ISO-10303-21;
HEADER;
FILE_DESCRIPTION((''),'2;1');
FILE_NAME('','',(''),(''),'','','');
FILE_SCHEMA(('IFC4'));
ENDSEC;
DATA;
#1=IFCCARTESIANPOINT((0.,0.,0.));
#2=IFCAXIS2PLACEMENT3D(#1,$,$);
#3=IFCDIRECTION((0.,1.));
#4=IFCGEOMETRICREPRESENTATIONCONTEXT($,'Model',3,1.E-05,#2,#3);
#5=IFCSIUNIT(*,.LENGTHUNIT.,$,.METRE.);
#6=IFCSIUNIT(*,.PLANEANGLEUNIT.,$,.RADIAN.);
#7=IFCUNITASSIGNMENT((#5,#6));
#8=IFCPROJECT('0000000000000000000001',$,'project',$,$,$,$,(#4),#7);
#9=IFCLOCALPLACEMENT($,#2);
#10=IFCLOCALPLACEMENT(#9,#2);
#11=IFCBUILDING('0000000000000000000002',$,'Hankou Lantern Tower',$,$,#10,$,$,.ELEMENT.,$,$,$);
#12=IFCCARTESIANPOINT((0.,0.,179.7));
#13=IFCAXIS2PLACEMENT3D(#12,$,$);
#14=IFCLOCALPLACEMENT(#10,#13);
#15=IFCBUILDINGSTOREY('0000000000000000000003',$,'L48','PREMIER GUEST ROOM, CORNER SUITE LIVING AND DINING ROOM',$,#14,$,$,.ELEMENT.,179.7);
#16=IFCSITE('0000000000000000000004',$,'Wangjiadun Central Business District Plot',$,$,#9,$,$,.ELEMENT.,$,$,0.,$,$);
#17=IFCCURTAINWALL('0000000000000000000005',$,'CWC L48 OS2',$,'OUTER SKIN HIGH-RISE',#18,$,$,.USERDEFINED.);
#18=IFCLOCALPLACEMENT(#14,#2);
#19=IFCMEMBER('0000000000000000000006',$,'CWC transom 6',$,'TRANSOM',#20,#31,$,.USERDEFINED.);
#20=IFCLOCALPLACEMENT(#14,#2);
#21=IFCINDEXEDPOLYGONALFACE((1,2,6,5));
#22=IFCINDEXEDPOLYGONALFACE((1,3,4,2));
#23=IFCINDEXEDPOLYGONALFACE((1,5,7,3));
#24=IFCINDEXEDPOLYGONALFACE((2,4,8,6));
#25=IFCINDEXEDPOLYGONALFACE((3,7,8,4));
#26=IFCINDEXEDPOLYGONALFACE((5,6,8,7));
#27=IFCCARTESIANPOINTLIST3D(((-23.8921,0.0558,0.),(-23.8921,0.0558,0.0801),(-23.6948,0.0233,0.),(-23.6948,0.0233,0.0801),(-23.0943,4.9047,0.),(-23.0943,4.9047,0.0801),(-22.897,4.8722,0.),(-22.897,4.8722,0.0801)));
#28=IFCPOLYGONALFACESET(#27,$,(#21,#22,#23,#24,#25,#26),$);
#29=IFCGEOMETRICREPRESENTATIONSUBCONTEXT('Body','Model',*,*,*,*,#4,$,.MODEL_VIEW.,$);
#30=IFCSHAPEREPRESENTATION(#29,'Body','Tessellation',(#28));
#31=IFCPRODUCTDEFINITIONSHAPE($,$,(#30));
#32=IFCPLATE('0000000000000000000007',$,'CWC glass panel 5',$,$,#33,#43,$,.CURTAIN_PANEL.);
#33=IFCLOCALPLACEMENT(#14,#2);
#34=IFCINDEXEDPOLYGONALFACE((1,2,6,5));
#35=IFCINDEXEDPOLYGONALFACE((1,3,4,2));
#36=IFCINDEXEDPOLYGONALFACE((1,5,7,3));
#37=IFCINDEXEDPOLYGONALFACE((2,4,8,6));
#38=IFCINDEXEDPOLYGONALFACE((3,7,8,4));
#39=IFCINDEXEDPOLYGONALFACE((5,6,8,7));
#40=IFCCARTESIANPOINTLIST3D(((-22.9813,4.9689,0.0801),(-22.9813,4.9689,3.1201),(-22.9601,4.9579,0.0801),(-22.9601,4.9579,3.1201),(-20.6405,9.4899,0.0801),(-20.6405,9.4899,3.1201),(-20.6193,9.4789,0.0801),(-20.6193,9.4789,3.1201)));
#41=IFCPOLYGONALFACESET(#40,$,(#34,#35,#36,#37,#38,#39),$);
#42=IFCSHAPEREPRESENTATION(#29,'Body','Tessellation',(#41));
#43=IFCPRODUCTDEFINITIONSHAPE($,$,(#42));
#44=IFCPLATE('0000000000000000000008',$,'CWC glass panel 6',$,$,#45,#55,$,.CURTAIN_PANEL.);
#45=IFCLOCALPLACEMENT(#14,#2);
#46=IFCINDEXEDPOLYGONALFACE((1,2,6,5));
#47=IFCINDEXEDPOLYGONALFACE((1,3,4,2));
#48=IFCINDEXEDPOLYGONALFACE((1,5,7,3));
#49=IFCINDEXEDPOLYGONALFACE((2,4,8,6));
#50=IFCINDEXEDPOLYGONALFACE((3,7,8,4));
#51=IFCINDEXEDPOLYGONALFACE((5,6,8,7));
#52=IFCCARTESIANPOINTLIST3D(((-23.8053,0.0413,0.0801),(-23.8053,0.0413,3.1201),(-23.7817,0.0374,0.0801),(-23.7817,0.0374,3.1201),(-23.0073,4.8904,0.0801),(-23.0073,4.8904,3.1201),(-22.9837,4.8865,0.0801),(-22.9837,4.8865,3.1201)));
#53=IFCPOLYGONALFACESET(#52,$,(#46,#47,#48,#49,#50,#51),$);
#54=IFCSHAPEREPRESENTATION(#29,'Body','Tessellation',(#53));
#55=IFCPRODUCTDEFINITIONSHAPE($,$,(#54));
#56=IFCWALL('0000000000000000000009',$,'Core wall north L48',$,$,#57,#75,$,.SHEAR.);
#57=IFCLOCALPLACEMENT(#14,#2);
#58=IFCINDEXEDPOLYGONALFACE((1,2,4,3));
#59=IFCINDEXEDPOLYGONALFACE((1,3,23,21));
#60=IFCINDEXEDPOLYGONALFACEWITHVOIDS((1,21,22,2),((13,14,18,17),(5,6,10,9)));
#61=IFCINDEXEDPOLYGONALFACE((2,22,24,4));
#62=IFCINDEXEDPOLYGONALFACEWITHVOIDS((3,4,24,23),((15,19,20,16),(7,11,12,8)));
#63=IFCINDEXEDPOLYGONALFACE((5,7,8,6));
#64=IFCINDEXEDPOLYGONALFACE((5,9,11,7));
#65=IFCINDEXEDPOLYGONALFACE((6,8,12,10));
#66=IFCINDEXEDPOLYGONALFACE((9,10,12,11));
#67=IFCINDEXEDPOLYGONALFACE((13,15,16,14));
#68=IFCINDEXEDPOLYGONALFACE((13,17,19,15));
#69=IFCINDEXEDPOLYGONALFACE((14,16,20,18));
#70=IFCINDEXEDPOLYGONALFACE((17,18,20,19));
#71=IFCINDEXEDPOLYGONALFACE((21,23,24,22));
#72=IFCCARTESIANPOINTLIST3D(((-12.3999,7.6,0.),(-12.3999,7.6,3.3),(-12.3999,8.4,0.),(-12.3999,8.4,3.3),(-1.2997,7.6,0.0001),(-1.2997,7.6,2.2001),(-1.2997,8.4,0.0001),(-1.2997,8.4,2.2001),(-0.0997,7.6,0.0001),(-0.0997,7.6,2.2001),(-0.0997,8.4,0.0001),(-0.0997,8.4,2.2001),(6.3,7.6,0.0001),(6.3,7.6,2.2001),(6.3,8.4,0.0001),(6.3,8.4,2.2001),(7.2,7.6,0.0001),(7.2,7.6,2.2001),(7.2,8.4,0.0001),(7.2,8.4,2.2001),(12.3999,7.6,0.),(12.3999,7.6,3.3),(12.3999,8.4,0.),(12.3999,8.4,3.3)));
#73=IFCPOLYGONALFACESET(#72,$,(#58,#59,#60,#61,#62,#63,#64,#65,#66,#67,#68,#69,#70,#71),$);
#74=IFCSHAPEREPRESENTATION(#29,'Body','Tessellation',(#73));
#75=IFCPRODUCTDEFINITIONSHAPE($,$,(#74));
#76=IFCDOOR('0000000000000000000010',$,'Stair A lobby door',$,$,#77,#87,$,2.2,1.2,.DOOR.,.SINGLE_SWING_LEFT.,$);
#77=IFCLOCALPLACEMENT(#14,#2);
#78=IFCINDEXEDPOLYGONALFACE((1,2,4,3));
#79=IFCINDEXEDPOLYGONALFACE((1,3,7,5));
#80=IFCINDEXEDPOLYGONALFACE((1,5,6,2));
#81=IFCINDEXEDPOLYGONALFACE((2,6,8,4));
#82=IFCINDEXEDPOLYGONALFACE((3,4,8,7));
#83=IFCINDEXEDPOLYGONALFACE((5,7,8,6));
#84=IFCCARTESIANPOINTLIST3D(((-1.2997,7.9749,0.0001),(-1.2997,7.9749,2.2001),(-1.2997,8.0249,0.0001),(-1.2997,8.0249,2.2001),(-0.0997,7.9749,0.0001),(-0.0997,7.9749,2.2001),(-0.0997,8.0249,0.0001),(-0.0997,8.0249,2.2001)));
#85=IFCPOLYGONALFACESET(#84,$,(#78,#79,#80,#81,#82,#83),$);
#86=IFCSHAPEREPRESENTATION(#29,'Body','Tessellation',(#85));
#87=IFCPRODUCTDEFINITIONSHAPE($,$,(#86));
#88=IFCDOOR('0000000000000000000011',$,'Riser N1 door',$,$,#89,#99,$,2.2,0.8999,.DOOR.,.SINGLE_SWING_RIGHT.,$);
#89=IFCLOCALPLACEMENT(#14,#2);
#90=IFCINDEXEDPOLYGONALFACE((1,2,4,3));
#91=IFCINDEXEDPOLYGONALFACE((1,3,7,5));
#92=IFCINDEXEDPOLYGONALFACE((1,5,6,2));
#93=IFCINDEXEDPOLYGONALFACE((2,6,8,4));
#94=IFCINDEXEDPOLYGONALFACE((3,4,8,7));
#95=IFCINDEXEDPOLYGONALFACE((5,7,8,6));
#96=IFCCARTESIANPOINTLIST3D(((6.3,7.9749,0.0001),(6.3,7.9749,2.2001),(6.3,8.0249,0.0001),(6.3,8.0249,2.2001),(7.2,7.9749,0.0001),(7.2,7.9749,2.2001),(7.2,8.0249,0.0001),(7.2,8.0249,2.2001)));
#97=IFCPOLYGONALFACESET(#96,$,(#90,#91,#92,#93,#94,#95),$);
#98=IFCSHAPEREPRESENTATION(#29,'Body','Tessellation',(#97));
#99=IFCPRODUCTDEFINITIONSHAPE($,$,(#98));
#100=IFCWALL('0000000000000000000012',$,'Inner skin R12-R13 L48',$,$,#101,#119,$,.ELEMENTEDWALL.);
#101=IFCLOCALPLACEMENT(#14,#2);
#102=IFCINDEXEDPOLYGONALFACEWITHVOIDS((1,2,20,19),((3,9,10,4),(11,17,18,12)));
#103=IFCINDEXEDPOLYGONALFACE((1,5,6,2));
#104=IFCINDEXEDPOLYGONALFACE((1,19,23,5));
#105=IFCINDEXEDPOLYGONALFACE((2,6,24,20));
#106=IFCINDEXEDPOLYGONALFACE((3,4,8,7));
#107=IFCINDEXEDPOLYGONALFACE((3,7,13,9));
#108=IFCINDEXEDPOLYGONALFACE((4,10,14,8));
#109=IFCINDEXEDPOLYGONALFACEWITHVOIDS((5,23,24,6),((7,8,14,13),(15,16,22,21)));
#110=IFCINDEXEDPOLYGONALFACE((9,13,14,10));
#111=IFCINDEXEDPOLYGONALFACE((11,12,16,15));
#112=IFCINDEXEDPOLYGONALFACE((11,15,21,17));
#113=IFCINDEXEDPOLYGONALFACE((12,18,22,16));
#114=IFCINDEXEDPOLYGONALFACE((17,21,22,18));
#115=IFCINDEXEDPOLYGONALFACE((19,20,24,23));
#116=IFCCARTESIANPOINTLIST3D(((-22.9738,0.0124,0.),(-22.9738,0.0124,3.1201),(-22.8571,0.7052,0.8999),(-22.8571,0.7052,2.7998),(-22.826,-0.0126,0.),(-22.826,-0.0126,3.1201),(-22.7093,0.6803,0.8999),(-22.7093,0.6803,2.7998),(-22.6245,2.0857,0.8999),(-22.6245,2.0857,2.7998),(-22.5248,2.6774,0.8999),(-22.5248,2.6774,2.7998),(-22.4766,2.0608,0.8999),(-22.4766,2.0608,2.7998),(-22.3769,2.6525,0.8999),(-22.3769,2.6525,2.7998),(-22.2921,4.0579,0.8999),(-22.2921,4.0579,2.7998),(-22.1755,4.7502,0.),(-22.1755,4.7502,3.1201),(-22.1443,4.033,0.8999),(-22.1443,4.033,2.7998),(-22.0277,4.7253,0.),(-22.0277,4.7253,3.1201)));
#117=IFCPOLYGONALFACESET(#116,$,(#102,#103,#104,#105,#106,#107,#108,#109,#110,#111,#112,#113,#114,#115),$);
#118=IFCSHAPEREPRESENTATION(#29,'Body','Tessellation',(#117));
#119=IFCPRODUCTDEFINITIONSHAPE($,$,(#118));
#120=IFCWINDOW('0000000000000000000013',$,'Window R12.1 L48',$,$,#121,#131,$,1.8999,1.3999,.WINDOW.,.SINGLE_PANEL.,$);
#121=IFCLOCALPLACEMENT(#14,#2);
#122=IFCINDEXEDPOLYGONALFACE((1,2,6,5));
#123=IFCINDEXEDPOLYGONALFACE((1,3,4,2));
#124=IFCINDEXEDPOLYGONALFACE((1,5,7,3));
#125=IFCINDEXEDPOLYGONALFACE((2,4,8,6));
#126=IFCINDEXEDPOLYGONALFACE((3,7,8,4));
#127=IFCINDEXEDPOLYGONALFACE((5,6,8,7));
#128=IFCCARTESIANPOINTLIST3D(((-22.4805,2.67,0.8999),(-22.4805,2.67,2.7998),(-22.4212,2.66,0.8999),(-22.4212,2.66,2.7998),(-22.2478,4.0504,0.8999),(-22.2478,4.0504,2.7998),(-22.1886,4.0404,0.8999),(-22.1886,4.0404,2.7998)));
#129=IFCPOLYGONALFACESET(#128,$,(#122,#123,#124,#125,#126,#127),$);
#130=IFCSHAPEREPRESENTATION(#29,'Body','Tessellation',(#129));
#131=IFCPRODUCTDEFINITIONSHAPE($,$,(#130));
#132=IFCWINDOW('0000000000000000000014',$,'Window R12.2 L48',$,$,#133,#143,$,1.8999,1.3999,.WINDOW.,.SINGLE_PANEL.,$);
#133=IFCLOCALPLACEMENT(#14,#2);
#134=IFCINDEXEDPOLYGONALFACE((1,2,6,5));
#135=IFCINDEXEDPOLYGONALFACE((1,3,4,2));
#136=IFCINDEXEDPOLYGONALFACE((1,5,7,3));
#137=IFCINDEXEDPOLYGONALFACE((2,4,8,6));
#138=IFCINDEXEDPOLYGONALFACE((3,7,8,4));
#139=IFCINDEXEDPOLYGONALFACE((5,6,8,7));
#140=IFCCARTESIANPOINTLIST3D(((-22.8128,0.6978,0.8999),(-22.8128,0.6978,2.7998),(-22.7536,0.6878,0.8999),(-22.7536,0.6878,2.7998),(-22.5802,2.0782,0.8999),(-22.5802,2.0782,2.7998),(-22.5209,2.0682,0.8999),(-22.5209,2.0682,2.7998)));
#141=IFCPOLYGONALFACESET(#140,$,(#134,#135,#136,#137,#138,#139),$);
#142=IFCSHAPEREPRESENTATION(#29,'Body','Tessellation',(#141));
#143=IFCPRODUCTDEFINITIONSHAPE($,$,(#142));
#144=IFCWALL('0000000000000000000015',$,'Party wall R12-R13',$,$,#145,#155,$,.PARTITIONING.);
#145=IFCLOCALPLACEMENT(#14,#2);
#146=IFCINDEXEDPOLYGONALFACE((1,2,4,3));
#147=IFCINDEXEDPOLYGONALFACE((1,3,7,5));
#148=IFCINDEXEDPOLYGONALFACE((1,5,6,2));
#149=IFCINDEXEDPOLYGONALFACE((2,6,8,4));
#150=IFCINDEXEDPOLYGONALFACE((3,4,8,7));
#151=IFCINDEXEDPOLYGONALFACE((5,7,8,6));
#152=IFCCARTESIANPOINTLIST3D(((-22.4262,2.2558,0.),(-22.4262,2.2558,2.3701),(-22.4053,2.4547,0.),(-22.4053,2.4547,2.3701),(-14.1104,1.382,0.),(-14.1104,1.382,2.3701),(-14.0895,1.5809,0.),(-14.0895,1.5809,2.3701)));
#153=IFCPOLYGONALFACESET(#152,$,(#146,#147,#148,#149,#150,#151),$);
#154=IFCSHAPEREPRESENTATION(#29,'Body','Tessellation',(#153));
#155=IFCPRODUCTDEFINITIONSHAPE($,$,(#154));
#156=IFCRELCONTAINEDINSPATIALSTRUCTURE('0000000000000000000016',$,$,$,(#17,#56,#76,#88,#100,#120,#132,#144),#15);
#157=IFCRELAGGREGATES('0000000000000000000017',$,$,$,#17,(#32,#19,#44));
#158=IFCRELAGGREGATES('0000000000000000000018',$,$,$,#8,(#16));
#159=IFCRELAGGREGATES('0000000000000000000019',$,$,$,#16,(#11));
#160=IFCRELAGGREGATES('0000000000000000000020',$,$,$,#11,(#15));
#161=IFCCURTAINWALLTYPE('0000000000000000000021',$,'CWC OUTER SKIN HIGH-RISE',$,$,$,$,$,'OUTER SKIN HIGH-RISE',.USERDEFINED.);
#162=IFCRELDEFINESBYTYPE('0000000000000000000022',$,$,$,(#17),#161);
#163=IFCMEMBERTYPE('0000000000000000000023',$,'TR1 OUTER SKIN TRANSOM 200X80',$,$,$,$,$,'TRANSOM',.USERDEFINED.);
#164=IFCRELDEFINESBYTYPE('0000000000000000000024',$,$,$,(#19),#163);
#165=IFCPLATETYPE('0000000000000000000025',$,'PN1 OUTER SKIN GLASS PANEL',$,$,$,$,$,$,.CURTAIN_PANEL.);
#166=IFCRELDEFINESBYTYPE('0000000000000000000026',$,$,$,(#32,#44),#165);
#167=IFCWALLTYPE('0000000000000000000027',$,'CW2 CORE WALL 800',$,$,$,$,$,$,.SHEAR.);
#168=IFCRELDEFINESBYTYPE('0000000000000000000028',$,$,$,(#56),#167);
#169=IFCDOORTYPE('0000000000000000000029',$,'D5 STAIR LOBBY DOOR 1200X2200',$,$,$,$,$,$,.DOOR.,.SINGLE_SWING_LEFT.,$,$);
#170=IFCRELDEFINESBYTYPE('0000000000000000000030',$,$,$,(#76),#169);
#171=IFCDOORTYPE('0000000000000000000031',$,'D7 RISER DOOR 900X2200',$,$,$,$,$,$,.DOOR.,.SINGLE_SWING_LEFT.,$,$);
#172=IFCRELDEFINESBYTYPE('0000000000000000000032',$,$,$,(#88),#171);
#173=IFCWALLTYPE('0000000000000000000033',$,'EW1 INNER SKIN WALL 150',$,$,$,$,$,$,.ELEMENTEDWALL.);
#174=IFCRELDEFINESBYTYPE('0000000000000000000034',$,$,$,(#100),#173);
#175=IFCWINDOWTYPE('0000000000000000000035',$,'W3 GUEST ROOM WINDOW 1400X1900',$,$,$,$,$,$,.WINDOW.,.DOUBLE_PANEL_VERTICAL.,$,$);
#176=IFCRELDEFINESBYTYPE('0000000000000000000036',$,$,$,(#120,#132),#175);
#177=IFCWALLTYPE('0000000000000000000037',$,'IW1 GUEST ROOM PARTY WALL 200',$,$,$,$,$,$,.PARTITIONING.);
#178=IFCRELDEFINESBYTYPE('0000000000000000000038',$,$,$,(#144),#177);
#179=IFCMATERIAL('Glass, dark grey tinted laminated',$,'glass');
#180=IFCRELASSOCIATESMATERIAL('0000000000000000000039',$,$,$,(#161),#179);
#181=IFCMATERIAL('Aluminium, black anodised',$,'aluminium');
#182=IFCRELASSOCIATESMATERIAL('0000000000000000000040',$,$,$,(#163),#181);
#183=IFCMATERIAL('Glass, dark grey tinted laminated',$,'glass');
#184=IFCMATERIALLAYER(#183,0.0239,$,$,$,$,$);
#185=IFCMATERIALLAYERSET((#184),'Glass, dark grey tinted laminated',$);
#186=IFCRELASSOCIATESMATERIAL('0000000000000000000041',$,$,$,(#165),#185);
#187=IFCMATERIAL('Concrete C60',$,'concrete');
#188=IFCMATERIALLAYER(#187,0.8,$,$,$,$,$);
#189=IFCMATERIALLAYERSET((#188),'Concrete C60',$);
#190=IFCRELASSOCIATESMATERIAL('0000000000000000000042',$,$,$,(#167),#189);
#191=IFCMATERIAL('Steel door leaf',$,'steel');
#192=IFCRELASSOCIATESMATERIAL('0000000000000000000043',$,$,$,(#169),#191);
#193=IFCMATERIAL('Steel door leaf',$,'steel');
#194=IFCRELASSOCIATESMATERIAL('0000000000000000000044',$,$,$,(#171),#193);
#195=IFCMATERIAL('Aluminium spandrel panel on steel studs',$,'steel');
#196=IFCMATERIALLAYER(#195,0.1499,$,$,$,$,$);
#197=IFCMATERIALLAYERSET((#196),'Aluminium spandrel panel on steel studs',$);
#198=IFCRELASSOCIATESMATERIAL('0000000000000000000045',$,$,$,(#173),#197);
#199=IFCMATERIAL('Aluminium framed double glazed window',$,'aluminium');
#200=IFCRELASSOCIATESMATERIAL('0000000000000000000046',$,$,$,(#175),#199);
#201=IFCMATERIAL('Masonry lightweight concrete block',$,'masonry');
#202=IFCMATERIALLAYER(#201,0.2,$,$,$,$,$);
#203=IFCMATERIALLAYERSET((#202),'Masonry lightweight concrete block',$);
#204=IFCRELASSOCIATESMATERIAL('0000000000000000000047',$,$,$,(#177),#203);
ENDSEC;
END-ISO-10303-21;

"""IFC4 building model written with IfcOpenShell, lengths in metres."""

from ifc_helpers import new_model, si_unit, direction, frame, frame_2d, origin, origin_2d, place, context, subcontext, project, spatial, rectangle, extrude, material, layer, layer_set, material_profile, profile_set, type_object, element, fill, aggregate, save


model = new_model("IFC4")

# Units and contexts
model_context = context("Model", 3, precision=1e-05, world=origin(), true_north=direction((0.0, 1.0)))
body_context = subcontext(model_context, "Body", "Model", "MODEL_VIEW")
ifc_project = project(units=[si_unit("LENGTHUNIT", "METRE"), si_unit("PLANEANGLEUNIT", "RADIAN")], contexts=[model_context])

# Site, building, storey
site_placement = place(None, origin())
site = spatial("IfcSite", under=ifc_project, at=site_placement, Name="Wangjiadun Central Business District Plot", CompositionType="ELEMENT", RefElevation=0.0)
building_placement = place(site_placement, origin())
building = spatial("IfcBuilding", under=site, at=building_placement, Name="Hankou Lantern Tower", CompositionType="ELEMENT")
storey_placement = place(building_placement, frame((0.0, 0.0, 179.7)))
storey = spatial("IfcBuildingStorey", under=building, at=storey_placement, Name="L48", Description="PREMIER GUEST ROOM, CORNER SUITE LIVING AND DINING ROOM", CompositionType="ELEMENT", Elevation=179.7)

# Curtain wall
ifc_material_1 = material(Name="Glass, dark grey tinted laminated", Category="glass")
curtain_wall_type = type_object("IfcCurtainWallType", Name="CWC OUTER SKIN HIGH-RISE", ElementType="OUTER SKIN HIGH-RISE", PredefinedType="USERDEFINED", material=ifc_material_1)
curtain_wall_placement = place(storey_placement, origin())
curtain_wall = element("IfcCurtainWall", 1, at=curtain_wall_placement, inside=storey, type_object=curtain_wall_type, Name="CWC L48 OS2", ObjectType="OUTER SKIN HIGH-RISE", PredefinedType="USERDEFINED")

# Member
ifc_material_2 = material(Name="Aluminium, black anodised", Category="aluminium")
ifc_material_profile_1 = material_profile(ifc_material_2, rectangle(XDim=0.2, YDim=0.0801, at=origin_2d()), Name="TR1 200X80")
ifc_profile_set_1 = profile_set([ifc_material_profile_1], Name="Aluminium, black anodised")
member_type_1 = type_object("IfcMemberType", Name="TR1 OUTER SKIN TRANSOM 200X80", ElementType="TRANSOM", PredefinedType="USERDEFINED", material=ifc_profile_set_1)
member_1_placement = place(storey_placement, frame((-22.9956, 4.8884, 0.04), z_axis=(-0.16236, -0.986732, 0.0), x_axis=(0.986732, -0.16236, 0.0)))
member_1 = element("IfcMember", 2, at=member_1_placement, type_object=member_type_1, Name="CWC transom 6", ObjectType="TRANSOM", PredefinedType="USERDEFINED", context=body_context, shape_type="SweptSolid", body=[
    extrude(rectangle(XDim=0.2, YDim=0.0801, at=origin_2d()), origin(), (0.0, 0.0, 1.0), 4.9141),
])

# Plates
ifc_material_3 = material(Name="Glass, dark grey tinted laminated", Category="glass")
ifc_layer_1 = layer(ifc_material_3, 0.0239)
ifc_layer_set_1 = layer_set([ifc_layer_1], Name="Glass, dark grey tinted laminated")
plate_type = type_object("IfcPlateType", Name="PN1 OUTER SKIN GLASS PANEL", PredefinedType="CURTAIN_PANEL", material=ifc_layer_set_1)
plate_1_placement = place(storey_placement, frame((-21.8003, 7.2239, 0.0801), z_axis=(0.0, 0.0, 1.0), x_axis=(-0.459791, -0.888027, 0.0)))
plate_1 = element("IfcPlate", 3, at=plate_1_placement, type_object=plate_type, Name="CWC glass panel 5", PredefinedType="CURTAIN_PANEL", context=body_context, shape_type="SweptSolid", body=[
    extrude(rectangle(XDim=5.0911, YDim=0.0239, at=origin_2d()), origin(), (0.0, 0.0, 1.0), 3.04),
])
plate_2_placement = place(storey_placement, frame((-23.3945, 2.4639, 0.0801), z_axis=(0.0, 0.0, 1.0), x_axis=(-0.162382, -0.986728, 0.0)))
plate_2 = element("IfcPlate", 4, at=plate_2_placement, type_object=plate_type, Name="CWC glass panel 6", PredefinedType="CURTAIN_PANEL", context=body_context, shape_type="SweptSolid", body=[
    extrude(rectangle(XDim=4.9143, YDim=0.0239, at=origin_2d()), origin(), (0.0, 0.0, 1.0), 3.04),
])
aggregate(curtain_wall, [plate_1, member_1, plate_2])

# Wall, openings, doors
ifc_material_4 = material(Name="Concrete C60", Category="concrete")
ifc_layer_2 = layer(ifc_material_4, 0.8)
ifc_layer_set_2 = layer_set([ifc_layer_2], Name="Concrete C60")
wall_type_1 = type_object("IfcWallType", Name="CW2 CORE WALL 800", PredefinedType="SHEAR", material=ifc_layer_set_2)
wall_1_placement = place(storey_placement, frame((-12.3999, 8.0, 0.0), z_axis=(0.0, 0.0, 1.0), x_axis=(1.0, 0.0, 0.0)))
wall_1 = element("IfcWall", 5, at=wall_1_placement, inside=storey, type_object=wall_type_1, Name="Core wall north L48", PredefinedType="SHEAR", context=body_context, shape_type="SweptSolid", body=[
    extrude(rectangle(XDim=24.7998, YDim=0.8, at=frame_2d((12.3999, 0.0))), origin(), (0.0, 0.0, 1.0), 3.3),
])
opening_1_placement = place(wall_1_placement, frame((11.1001, 0.0, 0.0)))
opening_1 = element("IfcOpeningElement", 6, at=opening_1_placement, cuts=wall_1, PredefinedType="OPENING", context=body_context, shape_type="SweptSolid", body=[
    extrude(rectangle(XDim=1.2, YDim=2.2, at=frame_2d((0.6001, 1.1001))), frame((0.0, 0.4099, 0.0), z_axis=(0.0, -1.0, 0.0), x_axis=(1.0, 0.0, 0.0)), (0.0, 0.0, 1.0), 0.8201),
])
opening_2_placement = place(wall_1_placement, frame((18.7, 0.0, 0.0)))
opening_2 = element("IfcOpeningElement", 7, at=opening_2_placement, cuts=wall_1, PredefinedType="OPENING", context=body_context, shape_type="SweptSolid", body=[
    extrude(rectangle(XDim=0.8999, YDim=2.2, at=frame_2d((0.45, 1.1001))), frame((0.0, 0.4099, 0.0), z_axis=(0.0, -1.0, 0.0), x_axis=(1.0, 0.0, 0.0)), (0.0, 0.0, 1.0), 0.8201),
])
ifc_material_5 = material(Name="Steel door leaf", Category="steel")
door_type_1 = type_object("IfcDoorType", Name="D5 STAIR LOBBY DOOR 1200X2200", OperationType="SINGLE_SWING_LEFT", PredefinedType="DOOR", material=ifc_material_5)
door_1_placement = place(opening_1_placement, origin())
door_1 = element("IfcDoor", 8, at=door_1_placement, inside=storey, type_object=door_type_1, Name="Stair A lobby door", OperationType="SINGLE_SWING_LEFT", OverallHeight=2.2, OverallWidth=1.2, PredefinedType="DOOR", context=body_context, shape_type="SweptSolid", body=[
    extrude(rectangle(XDim=1.2, YDim=2.2, at=frame_2d((0.6001, 1.1001))), frame((0.0, 0.0249, 0.0), z_axis=(0.0, -1.0, 0.0), x_axis=(1.0, 0.0, 0.0)), (0.0, 0.0, 1.0), 0.05),
])
fill(opening_1, door_1)
ifc_material_6 = material(Name="Steel door leaf", Category="steel")
door_type_2 = type_object("IfcDoorType", Name="D7 RISER DOOR 900X2200", OperationType="SINGLE_SWING_LEFT", PredefinedType="DOOR", material=ifc_material_6)
door_2_placement = place(opening_2_placement, origin())
door_2 = element("IfcDoor", 9, at=door_2_placement, inside=storey, type_object=door_type_2, Name="Riser N1 door", OperationType="SINGLE_SWING_RIGHT", OverallHeight=2.2, OverallWidth=0.8999, PredefinedType="DOOR", context=body_context, shape_type="SweptSolid", body=[
    extrude(rectangle(XDim=0.8999, YDim=2.2, at=frame_2d((0.45, 1.1001))), frame((0.0, 0.0249, 0.0), z_axis=(0.0, -1.0, 0.0), x_axis=(1.0, 0.0, 0.0)), (0.0, 0.0, 1.0), 0.05),
])
fill(opening_2, door_2)

# Wall, openings, windows
ifc_material_7 = material(Name="Aluminium spandrel panel on steel studs", Category="steel")
ifc_layer_3 = layer(ifc_material_7, 0.1499)
ifc_layer_set_3 = layer_set([ifc_layer_3], Name="Aluminium spandrel panel on steel studs")
wall_type_2 = type_object("IfcWallType", Name="EW1 INNER SKIN WALL 150", PredefinedType="ELEMENTEDWALL", material=ifc_layer_set_3)
wall_2_placement = place(storey_placement, frame((-22.1016, 4.7378, 0.0), z_axis=(0.0, 0.0, 1.0), x_axis=(-0.166162, -0.986098, 0.0)))
wall_2 = element("IfcWall", 10, at=wall_2_placement, inside=storey, type_object=wall_type_2, Name="Inner skin R12-R13 L48", PredefinedType="ELEMENTEDWALL", context=body_context, shape_type="SweptSolid", body=[
    extrude(rectangle(XDim=4.8047, YDim=0.1499, at=frame_2d((2.4023, 0.0))), origin(), (0.0, 0.0, 1.0), 3.1201),
])
opening_3_placement = place(wall_2_placement, frame((0.7021, 0.0, 0.8999)))
opening_3 = element("IfcOpeningElement", 11, at=opening_3_placement, cuts=wall_2, PredefinedType="OPENING", context=body_context, shape_type="SweptSolid", body=[
    extrude(rectangle(XDim=1.3999, YDim=1.8999, at=frame_2d((0.7, 0.95))), frame((0.0, 0.085, 0.0), z_axis=(0.0, -1.0, 0.0), x_axis=(1.0, 0.0, 0.0)), (0.0, 0.0, 1.0), 0.1699),
])
opening_4_placement = place(wall_2_placement, frame((2.7021, 0.0, 0.8999)))
opening_4 = element("IfcOpeningElement", 12, at=opening_4_placement, cuts=wall_2, PredefinedType="OPENING", context=body_context, shape_type="SweptSolid", body=[
    extrude(rectangle(XDim=1.3999, YDim=1.8999, at=frame_2d((0.7, 0.95))), frame((0.0, 0.085, 0.0), z_axis=(0.0, -1.0, 0.0), x_axis=(1.0, 0.0, 0.0)), (0.0, 0.0, 1.0), 0.1699),
])
ifc_material_8 = material(Name="Aluminium framed double glazed window", Category="aluminium")
window_type = type_object("IfcWindowType", Name="W3 GUEST ROOM WINDOW 1400X1900", PartitioningType="DOUBLE_PANEL_VERTICAL", PredefinedType="WINDOW", material=ifc_material_8)
window_1_placement = place(opening_3_placement, origin())
window_1 = element("IfcWindow", 13, at=window_1_placement, inside=storey, type_object=window_type, Name="Window R12.1 L48", OverallHeight=1.8999, OverallWidth=1.3999, PartitioningType="SINGLE_PANEL", PredefinedType="WINDOW", context=body_context, shape_type="SweptSolid", body=[
    extrude(rectangle(XDim=1.3999, YDim=1.8999, at=frame_2d((0.7, 0.95))), frame((0.0, 0.03, 0.0), z_axis=(0.0, -1.0, 0.0), x_axis=(1.0, 0.0, 0.0)), (0.0, 0.0, 1.0), 0.0601),
])
fill(opening_3, window_1)
window_2_placement = place(opening_4_placement, origin())
window_2 = element("IfcWindow", 14, at=window_2_placement, inside=storey, type_object=window_type, Name="Window R12.2 L48", OverallHeight=1.8999, OverallWidth=1.3999, PartitioningType="SINGLE_PANEL", PredefinedType="WINDOW", context=body_context, shape_type="SweptSolid", body=[
    extrude(rectangle(XDim=1.3999, YDim=1.8999, at=frame_2d((0.7, 0.95))), frame((0.0, 0.03, 0.0), z_axis=(0.0, -1.0, 0.0), x_axis=(1.0, 0.0, 0.0)), (0.0, 0.0, 1.0), 0.0601),
])
fill(opening_4, window_2)

# Wall
ifc_material_9 = material(Name="Masonry lightweight concrete block", Category="masonry")
ifc_layer_4 = layer(ifc_material_9, 0.2)
ifc_layer_set_4 = layer_set([ifc_layer_4], Name="Masonry lightweight concrete block")
wall_type_3 = type_object("IfcWallType", Name="IW1 GUEST ROOM PARTY WALL 200", PredefinedType="PARTITIONING", material=ifc_layer_set_4)
wall_3_placement = place(storey_placement, frame((-14.1001, 1.4814, 0.0), z_axis=(0.0, 0.0, 1.0), x_axis=(-0.994525, 0.104501, 0.0)))
element("IfcWall", 15, at=wall_3_placement, inside=storey, type_object=wall_type_3, Name="Party wall R12-R13", PredefinedType="PARTITIONING", context=body_context, shape_type="SweptSolid", body=[
    extrude(rectangle(XDim=8.3616, YDim=0.2, at=frame_2d((4.1807, 0.0))), origin(), (0.0, 0.0, 1.0), 2.3701),
])

save(model, "model.ifc")
